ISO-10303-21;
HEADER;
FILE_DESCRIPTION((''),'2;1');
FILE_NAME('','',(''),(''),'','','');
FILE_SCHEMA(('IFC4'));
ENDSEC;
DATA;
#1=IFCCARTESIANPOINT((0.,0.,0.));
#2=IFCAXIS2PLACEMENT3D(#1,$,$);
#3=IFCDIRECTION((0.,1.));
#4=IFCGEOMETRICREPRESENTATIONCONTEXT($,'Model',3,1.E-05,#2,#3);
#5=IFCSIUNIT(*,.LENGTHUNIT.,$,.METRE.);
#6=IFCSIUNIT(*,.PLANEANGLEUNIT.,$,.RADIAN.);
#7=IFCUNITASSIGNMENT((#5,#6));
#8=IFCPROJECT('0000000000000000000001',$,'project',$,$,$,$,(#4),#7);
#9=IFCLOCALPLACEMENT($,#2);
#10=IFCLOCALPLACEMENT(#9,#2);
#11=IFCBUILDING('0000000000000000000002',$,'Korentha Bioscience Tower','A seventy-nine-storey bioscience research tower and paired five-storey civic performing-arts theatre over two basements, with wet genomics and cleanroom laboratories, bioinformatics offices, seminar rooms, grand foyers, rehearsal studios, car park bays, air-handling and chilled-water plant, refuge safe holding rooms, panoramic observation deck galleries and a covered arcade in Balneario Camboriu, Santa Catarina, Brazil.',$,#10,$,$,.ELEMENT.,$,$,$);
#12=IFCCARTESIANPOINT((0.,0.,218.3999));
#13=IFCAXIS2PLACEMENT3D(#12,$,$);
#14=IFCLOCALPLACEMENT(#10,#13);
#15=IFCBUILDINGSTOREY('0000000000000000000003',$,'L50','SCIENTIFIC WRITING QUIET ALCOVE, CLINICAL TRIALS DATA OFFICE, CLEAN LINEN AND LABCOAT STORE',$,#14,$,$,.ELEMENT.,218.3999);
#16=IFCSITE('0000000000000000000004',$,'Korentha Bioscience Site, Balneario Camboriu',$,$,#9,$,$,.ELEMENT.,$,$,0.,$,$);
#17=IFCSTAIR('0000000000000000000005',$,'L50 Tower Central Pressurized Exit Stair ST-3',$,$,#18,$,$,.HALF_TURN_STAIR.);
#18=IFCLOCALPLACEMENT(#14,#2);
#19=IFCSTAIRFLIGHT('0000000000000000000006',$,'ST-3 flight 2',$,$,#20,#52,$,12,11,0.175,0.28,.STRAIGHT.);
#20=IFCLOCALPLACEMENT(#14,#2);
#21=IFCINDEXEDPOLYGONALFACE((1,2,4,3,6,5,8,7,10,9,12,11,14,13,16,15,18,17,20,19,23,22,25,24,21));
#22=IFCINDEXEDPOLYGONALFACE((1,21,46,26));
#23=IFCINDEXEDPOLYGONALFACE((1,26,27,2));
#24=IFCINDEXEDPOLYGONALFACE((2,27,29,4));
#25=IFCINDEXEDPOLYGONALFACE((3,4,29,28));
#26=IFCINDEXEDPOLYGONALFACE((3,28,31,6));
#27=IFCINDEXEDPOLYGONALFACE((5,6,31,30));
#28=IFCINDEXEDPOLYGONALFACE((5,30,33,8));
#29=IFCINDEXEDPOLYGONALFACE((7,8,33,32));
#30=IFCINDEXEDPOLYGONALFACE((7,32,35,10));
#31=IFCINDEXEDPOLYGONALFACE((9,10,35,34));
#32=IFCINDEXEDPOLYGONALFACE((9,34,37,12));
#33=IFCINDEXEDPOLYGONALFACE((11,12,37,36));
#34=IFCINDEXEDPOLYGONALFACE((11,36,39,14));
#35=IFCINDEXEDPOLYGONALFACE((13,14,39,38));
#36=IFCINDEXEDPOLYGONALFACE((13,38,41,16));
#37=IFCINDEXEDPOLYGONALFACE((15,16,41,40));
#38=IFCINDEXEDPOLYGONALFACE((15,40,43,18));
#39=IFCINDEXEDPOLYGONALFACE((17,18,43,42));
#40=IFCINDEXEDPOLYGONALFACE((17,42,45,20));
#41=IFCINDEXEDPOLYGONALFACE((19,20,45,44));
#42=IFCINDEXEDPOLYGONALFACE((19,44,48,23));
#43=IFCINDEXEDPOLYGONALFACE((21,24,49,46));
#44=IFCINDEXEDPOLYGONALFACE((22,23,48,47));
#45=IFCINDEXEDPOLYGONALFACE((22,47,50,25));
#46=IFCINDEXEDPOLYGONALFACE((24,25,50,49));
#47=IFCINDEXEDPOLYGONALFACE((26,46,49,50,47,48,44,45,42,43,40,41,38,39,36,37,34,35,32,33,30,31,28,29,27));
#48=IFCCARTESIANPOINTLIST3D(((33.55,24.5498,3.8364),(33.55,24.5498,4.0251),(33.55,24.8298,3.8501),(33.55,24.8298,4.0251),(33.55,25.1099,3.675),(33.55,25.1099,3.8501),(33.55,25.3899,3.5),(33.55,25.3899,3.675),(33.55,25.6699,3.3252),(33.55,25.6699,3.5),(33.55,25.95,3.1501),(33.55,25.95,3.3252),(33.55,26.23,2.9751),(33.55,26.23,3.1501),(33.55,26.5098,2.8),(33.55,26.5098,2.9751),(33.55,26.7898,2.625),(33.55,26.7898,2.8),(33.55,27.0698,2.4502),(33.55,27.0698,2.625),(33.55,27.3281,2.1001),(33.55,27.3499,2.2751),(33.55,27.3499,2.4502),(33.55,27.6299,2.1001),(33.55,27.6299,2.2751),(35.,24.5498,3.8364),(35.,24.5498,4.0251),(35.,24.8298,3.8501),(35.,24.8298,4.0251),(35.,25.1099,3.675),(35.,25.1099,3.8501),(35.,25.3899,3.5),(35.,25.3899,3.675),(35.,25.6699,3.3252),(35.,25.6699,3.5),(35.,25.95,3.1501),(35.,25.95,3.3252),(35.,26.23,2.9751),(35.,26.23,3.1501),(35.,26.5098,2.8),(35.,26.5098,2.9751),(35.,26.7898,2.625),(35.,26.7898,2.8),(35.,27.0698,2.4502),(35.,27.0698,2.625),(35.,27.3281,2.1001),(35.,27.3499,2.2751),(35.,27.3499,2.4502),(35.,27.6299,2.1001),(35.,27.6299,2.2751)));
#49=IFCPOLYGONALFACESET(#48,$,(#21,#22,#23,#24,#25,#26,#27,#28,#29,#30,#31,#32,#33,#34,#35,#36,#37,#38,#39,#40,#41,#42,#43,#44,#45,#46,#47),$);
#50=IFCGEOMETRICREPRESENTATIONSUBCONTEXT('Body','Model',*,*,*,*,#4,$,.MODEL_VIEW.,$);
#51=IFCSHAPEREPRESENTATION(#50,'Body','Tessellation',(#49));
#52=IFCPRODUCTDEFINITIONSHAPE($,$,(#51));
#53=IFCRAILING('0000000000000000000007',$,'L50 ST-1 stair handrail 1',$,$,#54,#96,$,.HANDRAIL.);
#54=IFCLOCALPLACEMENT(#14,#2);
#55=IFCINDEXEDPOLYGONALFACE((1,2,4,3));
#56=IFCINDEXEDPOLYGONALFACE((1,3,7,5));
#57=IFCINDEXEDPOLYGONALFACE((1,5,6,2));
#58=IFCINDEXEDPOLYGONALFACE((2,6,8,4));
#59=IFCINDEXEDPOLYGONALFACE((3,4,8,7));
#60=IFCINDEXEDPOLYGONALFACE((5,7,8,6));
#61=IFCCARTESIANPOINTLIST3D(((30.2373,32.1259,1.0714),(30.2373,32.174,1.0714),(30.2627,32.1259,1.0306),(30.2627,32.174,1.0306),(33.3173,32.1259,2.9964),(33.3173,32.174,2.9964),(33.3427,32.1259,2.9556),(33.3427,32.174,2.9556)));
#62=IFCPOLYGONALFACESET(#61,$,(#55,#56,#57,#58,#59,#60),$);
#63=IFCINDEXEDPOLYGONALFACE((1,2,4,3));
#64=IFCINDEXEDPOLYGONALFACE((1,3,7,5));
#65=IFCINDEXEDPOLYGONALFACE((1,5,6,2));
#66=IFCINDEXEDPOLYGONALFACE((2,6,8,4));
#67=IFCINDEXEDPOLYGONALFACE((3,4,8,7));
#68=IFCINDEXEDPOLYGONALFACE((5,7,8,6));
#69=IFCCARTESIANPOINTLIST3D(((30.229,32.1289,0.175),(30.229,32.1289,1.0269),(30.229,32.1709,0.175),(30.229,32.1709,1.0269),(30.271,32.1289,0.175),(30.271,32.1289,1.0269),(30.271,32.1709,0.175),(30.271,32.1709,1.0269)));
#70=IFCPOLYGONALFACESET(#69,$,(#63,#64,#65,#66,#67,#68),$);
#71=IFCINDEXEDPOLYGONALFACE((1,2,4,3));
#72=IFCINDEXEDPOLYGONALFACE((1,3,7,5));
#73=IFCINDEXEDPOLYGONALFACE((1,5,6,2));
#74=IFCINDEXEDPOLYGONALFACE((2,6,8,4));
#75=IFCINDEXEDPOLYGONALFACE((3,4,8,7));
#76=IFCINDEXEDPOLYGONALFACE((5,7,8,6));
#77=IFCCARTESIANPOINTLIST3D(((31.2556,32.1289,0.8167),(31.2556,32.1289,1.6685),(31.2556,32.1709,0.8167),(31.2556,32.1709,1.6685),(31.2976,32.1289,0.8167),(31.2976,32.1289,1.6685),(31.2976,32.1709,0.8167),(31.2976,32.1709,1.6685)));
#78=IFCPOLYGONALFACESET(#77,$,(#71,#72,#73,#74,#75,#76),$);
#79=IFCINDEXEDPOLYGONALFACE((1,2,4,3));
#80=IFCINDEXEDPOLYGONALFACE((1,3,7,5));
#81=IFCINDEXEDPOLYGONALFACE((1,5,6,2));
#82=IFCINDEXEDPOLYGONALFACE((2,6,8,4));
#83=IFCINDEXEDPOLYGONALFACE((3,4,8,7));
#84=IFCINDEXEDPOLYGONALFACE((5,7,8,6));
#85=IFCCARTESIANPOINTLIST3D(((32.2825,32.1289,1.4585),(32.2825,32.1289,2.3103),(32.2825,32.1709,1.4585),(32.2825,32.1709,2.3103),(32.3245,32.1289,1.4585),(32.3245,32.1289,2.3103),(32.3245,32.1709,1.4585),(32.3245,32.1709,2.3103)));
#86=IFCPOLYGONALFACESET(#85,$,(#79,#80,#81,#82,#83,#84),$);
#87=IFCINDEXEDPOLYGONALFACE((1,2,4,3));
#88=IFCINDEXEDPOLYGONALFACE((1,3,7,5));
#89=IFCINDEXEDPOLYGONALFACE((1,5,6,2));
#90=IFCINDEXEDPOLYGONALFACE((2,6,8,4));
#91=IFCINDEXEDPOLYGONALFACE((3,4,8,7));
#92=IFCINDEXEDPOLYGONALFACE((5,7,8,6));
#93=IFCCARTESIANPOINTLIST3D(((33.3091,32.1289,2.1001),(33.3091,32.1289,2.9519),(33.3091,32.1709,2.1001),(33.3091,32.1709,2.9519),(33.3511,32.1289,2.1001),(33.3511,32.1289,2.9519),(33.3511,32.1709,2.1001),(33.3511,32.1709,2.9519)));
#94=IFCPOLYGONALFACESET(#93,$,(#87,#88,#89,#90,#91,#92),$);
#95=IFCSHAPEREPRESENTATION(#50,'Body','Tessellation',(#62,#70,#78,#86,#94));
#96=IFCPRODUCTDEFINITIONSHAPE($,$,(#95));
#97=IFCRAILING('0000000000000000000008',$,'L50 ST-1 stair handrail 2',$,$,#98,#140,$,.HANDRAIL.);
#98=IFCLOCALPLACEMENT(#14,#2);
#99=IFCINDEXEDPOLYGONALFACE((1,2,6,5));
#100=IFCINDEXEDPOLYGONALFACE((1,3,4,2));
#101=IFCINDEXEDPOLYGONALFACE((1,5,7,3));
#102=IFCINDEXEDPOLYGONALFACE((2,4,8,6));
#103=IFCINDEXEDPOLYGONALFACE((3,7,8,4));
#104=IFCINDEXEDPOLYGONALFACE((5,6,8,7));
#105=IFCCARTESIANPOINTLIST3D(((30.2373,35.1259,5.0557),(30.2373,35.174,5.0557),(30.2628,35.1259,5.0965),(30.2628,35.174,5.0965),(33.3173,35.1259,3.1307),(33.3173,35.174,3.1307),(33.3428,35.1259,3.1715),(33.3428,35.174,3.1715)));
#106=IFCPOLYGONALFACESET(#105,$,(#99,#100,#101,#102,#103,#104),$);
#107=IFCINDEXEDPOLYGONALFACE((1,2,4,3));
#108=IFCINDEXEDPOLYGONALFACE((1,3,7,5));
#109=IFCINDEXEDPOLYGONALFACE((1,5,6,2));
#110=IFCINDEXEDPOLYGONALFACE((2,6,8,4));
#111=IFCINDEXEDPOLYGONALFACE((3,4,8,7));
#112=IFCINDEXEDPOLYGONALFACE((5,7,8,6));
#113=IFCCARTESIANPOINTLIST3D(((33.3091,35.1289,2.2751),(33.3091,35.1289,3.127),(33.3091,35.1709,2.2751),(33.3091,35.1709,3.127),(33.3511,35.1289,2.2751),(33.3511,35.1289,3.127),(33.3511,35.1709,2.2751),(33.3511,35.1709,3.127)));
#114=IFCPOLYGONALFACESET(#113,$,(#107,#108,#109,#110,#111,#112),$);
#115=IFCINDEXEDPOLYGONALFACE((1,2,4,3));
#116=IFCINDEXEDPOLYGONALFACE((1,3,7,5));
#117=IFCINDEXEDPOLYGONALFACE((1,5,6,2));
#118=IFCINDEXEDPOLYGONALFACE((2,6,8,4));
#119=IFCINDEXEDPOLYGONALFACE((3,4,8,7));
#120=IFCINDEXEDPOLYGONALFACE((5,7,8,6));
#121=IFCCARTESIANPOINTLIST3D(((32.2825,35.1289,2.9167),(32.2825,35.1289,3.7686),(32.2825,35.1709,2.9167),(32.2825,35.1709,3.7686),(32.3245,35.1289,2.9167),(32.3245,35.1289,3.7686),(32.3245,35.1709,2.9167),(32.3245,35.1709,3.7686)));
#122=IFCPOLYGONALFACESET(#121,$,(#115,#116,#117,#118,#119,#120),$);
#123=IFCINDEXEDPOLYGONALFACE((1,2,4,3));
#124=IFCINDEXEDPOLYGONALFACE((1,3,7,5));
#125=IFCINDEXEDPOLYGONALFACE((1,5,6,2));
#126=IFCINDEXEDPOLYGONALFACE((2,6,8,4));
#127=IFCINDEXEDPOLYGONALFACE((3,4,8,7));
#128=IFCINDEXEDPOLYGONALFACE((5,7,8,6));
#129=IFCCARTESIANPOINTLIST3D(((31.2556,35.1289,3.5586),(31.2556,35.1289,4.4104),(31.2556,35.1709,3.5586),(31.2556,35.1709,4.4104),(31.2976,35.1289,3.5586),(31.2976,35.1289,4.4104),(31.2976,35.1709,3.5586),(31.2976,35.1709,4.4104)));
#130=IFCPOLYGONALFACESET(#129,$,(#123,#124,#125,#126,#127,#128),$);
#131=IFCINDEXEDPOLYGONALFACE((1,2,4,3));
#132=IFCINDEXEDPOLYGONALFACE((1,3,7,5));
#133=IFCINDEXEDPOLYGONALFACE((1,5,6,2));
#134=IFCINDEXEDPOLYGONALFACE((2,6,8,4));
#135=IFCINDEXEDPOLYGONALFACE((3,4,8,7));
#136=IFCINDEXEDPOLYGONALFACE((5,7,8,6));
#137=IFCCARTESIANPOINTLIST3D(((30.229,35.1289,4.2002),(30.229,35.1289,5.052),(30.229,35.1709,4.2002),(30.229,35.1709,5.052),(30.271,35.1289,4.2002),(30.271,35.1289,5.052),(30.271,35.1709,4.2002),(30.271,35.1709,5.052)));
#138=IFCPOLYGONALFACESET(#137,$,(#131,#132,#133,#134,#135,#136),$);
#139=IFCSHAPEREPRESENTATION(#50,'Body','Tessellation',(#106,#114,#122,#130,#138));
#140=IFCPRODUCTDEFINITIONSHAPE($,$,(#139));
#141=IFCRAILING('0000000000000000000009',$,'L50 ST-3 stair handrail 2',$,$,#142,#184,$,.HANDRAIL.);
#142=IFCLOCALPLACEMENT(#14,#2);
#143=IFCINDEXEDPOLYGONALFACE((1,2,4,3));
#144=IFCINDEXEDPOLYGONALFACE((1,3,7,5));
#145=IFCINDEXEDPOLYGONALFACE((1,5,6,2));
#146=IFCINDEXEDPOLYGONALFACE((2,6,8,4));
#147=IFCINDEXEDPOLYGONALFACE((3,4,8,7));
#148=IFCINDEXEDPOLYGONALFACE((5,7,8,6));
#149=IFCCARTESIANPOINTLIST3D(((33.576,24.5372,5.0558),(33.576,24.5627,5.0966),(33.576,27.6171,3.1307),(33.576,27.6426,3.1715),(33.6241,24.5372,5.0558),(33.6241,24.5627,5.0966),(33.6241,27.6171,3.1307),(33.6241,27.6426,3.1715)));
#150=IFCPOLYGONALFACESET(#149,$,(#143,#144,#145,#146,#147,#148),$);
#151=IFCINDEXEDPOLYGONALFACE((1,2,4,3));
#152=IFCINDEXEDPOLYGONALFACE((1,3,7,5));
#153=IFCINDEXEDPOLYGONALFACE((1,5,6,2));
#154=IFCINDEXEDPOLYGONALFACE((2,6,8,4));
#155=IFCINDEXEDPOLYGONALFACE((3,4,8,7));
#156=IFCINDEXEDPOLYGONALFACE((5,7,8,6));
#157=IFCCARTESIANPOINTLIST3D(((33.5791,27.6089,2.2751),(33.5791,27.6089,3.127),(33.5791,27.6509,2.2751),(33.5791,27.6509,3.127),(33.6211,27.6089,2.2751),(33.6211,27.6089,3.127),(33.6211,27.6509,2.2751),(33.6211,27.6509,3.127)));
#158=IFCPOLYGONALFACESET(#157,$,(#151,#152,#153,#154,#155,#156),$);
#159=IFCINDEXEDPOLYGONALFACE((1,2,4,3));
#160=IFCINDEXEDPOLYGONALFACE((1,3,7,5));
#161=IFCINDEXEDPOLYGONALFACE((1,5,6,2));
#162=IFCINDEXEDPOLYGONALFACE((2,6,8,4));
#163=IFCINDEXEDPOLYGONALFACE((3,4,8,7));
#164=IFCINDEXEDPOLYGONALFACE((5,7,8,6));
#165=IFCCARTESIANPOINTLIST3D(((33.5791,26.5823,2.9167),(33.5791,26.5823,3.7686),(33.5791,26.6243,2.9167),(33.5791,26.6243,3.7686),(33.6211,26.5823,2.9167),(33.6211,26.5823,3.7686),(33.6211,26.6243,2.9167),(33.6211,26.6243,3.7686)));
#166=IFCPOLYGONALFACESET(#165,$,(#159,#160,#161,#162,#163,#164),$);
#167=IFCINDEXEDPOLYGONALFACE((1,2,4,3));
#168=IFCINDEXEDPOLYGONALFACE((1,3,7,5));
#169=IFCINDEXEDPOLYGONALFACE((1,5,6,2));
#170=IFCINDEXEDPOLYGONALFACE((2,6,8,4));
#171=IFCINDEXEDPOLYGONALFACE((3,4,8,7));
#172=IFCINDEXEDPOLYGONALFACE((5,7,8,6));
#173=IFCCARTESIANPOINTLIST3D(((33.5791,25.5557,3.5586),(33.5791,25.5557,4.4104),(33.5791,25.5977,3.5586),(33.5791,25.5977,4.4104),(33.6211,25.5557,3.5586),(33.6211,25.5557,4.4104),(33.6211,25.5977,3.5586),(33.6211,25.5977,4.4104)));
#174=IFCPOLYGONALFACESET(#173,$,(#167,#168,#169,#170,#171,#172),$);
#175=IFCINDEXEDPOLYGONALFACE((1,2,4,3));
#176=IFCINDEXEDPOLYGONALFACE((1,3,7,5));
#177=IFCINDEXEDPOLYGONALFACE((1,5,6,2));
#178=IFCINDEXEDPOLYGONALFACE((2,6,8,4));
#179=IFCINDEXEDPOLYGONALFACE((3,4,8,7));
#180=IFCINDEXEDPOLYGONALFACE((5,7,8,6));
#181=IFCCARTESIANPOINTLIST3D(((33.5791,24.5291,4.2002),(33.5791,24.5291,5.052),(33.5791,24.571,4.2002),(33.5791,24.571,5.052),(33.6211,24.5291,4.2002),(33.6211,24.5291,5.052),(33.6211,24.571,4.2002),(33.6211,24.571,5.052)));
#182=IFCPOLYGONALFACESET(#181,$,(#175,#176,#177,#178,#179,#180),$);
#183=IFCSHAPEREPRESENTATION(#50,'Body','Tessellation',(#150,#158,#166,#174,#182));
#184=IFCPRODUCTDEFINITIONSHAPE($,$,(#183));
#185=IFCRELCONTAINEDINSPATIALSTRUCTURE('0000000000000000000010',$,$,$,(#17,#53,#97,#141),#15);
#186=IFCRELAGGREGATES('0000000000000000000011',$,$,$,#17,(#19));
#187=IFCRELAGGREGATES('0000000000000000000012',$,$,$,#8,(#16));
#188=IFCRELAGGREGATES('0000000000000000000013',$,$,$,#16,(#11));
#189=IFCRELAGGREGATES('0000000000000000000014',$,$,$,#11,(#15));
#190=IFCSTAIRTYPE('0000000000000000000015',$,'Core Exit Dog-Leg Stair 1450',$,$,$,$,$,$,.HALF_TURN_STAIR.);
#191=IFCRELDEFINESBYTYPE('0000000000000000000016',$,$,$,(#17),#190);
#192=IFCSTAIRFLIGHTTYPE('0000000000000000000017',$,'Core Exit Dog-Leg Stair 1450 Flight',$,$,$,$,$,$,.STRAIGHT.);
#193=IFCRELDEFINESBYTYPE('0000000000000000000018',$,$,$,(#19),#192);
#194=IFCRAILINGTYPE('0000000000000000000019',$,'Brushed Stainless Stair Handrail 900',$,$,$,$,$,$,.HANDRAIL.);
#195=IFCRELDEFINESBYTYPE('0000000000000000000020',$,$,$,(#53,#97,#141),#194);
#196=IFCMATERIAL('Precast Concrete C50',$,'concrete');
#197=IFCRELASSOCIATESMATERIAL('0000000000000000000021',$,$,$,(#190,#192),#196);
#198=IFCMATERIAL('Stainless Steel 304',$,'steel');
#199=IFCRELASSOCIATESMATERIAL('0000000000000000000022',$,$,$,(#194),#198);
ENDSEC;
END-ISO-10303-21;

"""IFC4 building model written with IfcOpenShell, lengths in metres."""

from ifc_helpers import new_model, si_unit, direction, frame, origin, origin_2d, place, context, subcontext, project, spatial, polyline, rectangle, outline, extrude, material, type_object, element, aggregate, save


model = new_model("IFC4")

# Units and contexts
model_context = context("Model", 3, precision=1e-05, world=origin(), true_north=direction((0.0, 1.0)))
body_context = subcontext(model_context, "Body", "Model", "MODEL_VIEW")
ifc_project = project(units=[si_unit("LENGTHUNIT", "METRE"), si_unit("PLANEANGLEUNIT", "RADIAN")], contexts=[model_context])

# Site, building, storey
site_placement = place(None, origin())
site = spatial("IfcSite", under=ifc_project, at=site_placement, Name="Korentha Bioscience Site, Balneario Camboriu", CompositionType="ELEMENT", RefElevation=0.0)
building_placement = place(site_placement, origin())
building = spatial("IfcBuilding", under=site, at=building_placement, Name="Korentha Bioscience Tower", Description="A seventy-nine-storey bioscience research tower and paired five-storey civic performing-arts theatre over two basements, with wet genomics and cleanroom laboratories, bioinformatics offices, seminar rooms, grand foyers, rehearsal studios, car park bays, air-handling and chilled-water plant, refuge safe holding rooms, panoramic observation deck galleries and a covered arcade in Balneario Camboriu, Santa Catarina, Brazil.", CompositionType="ELEMENT")
storey_placement = place(building_placement, frame((0.0, 0.0, 218.3999)))
storey = spatial("IfcBuildingStorey", under=building, at=storey_placement, Name="L50", Description="SCIENTIFIC WRITING QUIET ALCOVE, CLINICAL TRIALS DATA OFFICE, CLEAN LINEN AND LABCOAT STORE", CompositionType="ELEMENT", Elevation=218.3999)

# Shared definitions
ifc_material_1 = material(Name="Precast Concrete C50", Category="concrete")
stair_type = type_object("IfcStairType", Name="Core Exit Dog-Leg Stair 1450", PredefinedType="HALF_TURN_STAIR", material=ifc_material_1)
stair_flight_type = type_object("IfcStairFlightType", Name="Core Exit Dog-Leg Stair 1450 Flight", PredefinedType="STRAIGHT", material=ifc_material_1)

# Stair, stair flight
stair_1_placement = place(storey_placement, origin())
stair_1 = element("IfcStair", 1, at=stair_1_placement, inside=storey, type_object=stair_type, Name="L50 Tower Central Pressurized Exit Stair ST-3", PredefinedType="HALF_TURN_STAIR")
stair_flight_1_placement = place(storey_placement, frame((34.2749, 27.6299, 2.1001), z_axis=(0.0, 0.0, 1.0), x_axis=(0.0, -1.0, 0.0)))
stair_flight_1 = element("IfcStairFlight", 2, at=stair_flight_1_placement, type_object=stair_flight_type, Name="ST-3 flight 2", NumberOfRisers=12, NumberOfTreads=11, PredefinedType="STRAIGHT", RiserHeight=0.175, TreadLength=0.28, context=body_context, shape_type="SweptSolid", body=[
    extrude(outline(polyline([(0.0, 0.0), (0.0, 0.175), (0.28, 0.175), (0.28, 0.3501), (0.5601, 0.3501), (0.5601, 0.5249), (0.8401, 0.5249), (0.8401, 0.7), (1.1201, 0.7), (1.1201, 0.875), (1.3999, 0.875), (1.3999, 1.05), (1.6799, 1.05), (1.6799, 1.2251), (1.96, 1.2251), (1.96, 1.3999), (2.24, 1.3999), (2.24, 1.575), (2.52, 1.575), (2.52, 1.75), (2.8, 1.75), (2.8, 1.925), (3.0801, 1.925), (3.0801, 2.1001), (3.0801, 1.7363), (0.3018, 0.0), (0.0, 0.0)])), frame((0.0, 0.7251, 0.0), z_axis=(0.0, -1.0, 0.0), x_axis=(1.0, 0.0, 0.0)), (0.0, 0.0, 1.0), 1.45),
])
aggregate(stair_1, [stair_flight_1])

# Railings
ifc_material_2 = material(Name="Stainless Steel 304", Category="steel")
railing_type_1 = type_object("IfcRailingType", Name="Brushed Stainless Stair Handrail 900", PredefinedType="HANDRAIL", material=ifc_material_2)
railing_1_placement = place(storey_placement, frame((30.25, 32.1499, 0.175)))
element("IfcRailing", 3, at=railing_1_placement, inside=storey, type_object=railing_type_1, Name="L50 ST-1 stair handrail 1", PredefinedType="HANDRAIL", context=body_context, shape_type="SweptSolid", body=[
    extrude(rectangle(XDim=0.0481, YDim=0.0481, at=origin_2d()), frame((0.0, 0.0, 0.876), z_axis=(0.847998, 0.0, 0.529999), x_axis=(0.0, 1.0, 0.0)), (0.0, 0.0, 1.0), 3.6321),
    extrude(rectangle(XDim=0.042, YDim=0.042, at=origin_2d()), origin(), (0.0, 0.0, 1.0), 0.8518),
    extrude(rectangle(XDim=0.042, YDim=0.042, at=origin_2d()), frame((1.0266, 0.0, 0.6416)), (0.0, 0.0, 1.0), 0.8518),
    extrude(rectangle(XDim=0.042, YDim=0.042, at=origin_2d()), frame((2.0535, 0.0, 1.2834)), (0.0, 0.0, 1.0), 0.8518),
    extrude(rectangle(XDim=0.042, YDim=0.042, at=origin_2d()), frame((3.0801, 0.0, 1.925)), (0.0, 0.0, 1.0), 0.8518),
])
railing_2_placement = place(storey_placement, frame((33.3301, 35.1499, 2.2751)))
element("IfcRailing", 4, at=railing_2_placement, inside=storey, type_object=railing_type_1, Name="L50 ST-1 stair handrail 2", PredefinedType="HANDRAIL", context=body_context, shape_type="SweptSolid", body=[
    extrude(rectangle(XDim=0.0481, YDim=0.0481, at=origin_2d()), frame((0.0, 0.0, 0.876), z_axis=(-0.847998, 0.0, 0.529999), x_axis=(0.0, -1.0, 0.0)), (0.0, 0.0, 1.0), 3.6321),
    extrude(rectangle(XDim=0.042, YDim=0.042, at=origin_2d()), origin(), (0.0, 0.0, 1.0), 0.8518),
    extrude(rectangle(XDim=0.042, YDim=0.042, at=origin_2d()), frame((-1.0266, 0.0, 0.6416)), (0.0, 0.0, 1.0), 0.8518),
    extrude(rectangle(XDim=0.042, YDim=0.042, at=origin_2d()), frame((-2.0535, 0.0, 1.2834)), (0.0, 0.0, 1.0), 0.8518),
    extrude(rectangle(XDim=0.042, YDim=0.042, at=origin_2d()), frame((-3.0801, 0.0, 1.925)), (0.0, 0.0, 1.0), 0.8518),
])
railing_3_placement = place(storey_placement, frame((33.6001, 27.6299, 2.2751)))
element("IfcRailing", 5, at=railing_3_placement, inside=storey, type_object=railing_type_1, Name="L50 ST-3 stair handrail 2", PredefinedType="HANDRAIL", context=body_context, shape_type="SweptSolid", body=[
    extrude(rectangle(XDim=0.0481, YDim=0.0481, at=origin_2d()), frame((0.0, 0.0, 0.876), z_axis=(0.0, -0.847979, 0.530029), x_axis=(1.0, 0.0, 0.0)), (0.0, 0.0, 1.0), 3.6321),
    extrude(rectangle(XDim=0.042, YDim=0.042, at=origin_2d()), origin(), (0.0, 0.0, 1.0), 0.8518),
    extrude(rectangle(XDim=0.042, YDim=0.042, at=origin_2d()), frame((0.0, -1.0266, 0.6416)), (0.0, 0.0, 1.0), 0.8518),
    extrude(rectangle(XDim=0.042, YDim=0.042, at=origin_2d()), frame((0.0, -2.0532, 1.2834)), (0.0, 0.0, 1.0), 0.8518),
    extrude(rectangle(XDim=0.042, YDim=0.042, at=origin_2d()), frame((0.0, -3.0798, 1.925)), (0.0, 0.0, 1.0), 0.8518),
])

save(model, "model.ifc")
